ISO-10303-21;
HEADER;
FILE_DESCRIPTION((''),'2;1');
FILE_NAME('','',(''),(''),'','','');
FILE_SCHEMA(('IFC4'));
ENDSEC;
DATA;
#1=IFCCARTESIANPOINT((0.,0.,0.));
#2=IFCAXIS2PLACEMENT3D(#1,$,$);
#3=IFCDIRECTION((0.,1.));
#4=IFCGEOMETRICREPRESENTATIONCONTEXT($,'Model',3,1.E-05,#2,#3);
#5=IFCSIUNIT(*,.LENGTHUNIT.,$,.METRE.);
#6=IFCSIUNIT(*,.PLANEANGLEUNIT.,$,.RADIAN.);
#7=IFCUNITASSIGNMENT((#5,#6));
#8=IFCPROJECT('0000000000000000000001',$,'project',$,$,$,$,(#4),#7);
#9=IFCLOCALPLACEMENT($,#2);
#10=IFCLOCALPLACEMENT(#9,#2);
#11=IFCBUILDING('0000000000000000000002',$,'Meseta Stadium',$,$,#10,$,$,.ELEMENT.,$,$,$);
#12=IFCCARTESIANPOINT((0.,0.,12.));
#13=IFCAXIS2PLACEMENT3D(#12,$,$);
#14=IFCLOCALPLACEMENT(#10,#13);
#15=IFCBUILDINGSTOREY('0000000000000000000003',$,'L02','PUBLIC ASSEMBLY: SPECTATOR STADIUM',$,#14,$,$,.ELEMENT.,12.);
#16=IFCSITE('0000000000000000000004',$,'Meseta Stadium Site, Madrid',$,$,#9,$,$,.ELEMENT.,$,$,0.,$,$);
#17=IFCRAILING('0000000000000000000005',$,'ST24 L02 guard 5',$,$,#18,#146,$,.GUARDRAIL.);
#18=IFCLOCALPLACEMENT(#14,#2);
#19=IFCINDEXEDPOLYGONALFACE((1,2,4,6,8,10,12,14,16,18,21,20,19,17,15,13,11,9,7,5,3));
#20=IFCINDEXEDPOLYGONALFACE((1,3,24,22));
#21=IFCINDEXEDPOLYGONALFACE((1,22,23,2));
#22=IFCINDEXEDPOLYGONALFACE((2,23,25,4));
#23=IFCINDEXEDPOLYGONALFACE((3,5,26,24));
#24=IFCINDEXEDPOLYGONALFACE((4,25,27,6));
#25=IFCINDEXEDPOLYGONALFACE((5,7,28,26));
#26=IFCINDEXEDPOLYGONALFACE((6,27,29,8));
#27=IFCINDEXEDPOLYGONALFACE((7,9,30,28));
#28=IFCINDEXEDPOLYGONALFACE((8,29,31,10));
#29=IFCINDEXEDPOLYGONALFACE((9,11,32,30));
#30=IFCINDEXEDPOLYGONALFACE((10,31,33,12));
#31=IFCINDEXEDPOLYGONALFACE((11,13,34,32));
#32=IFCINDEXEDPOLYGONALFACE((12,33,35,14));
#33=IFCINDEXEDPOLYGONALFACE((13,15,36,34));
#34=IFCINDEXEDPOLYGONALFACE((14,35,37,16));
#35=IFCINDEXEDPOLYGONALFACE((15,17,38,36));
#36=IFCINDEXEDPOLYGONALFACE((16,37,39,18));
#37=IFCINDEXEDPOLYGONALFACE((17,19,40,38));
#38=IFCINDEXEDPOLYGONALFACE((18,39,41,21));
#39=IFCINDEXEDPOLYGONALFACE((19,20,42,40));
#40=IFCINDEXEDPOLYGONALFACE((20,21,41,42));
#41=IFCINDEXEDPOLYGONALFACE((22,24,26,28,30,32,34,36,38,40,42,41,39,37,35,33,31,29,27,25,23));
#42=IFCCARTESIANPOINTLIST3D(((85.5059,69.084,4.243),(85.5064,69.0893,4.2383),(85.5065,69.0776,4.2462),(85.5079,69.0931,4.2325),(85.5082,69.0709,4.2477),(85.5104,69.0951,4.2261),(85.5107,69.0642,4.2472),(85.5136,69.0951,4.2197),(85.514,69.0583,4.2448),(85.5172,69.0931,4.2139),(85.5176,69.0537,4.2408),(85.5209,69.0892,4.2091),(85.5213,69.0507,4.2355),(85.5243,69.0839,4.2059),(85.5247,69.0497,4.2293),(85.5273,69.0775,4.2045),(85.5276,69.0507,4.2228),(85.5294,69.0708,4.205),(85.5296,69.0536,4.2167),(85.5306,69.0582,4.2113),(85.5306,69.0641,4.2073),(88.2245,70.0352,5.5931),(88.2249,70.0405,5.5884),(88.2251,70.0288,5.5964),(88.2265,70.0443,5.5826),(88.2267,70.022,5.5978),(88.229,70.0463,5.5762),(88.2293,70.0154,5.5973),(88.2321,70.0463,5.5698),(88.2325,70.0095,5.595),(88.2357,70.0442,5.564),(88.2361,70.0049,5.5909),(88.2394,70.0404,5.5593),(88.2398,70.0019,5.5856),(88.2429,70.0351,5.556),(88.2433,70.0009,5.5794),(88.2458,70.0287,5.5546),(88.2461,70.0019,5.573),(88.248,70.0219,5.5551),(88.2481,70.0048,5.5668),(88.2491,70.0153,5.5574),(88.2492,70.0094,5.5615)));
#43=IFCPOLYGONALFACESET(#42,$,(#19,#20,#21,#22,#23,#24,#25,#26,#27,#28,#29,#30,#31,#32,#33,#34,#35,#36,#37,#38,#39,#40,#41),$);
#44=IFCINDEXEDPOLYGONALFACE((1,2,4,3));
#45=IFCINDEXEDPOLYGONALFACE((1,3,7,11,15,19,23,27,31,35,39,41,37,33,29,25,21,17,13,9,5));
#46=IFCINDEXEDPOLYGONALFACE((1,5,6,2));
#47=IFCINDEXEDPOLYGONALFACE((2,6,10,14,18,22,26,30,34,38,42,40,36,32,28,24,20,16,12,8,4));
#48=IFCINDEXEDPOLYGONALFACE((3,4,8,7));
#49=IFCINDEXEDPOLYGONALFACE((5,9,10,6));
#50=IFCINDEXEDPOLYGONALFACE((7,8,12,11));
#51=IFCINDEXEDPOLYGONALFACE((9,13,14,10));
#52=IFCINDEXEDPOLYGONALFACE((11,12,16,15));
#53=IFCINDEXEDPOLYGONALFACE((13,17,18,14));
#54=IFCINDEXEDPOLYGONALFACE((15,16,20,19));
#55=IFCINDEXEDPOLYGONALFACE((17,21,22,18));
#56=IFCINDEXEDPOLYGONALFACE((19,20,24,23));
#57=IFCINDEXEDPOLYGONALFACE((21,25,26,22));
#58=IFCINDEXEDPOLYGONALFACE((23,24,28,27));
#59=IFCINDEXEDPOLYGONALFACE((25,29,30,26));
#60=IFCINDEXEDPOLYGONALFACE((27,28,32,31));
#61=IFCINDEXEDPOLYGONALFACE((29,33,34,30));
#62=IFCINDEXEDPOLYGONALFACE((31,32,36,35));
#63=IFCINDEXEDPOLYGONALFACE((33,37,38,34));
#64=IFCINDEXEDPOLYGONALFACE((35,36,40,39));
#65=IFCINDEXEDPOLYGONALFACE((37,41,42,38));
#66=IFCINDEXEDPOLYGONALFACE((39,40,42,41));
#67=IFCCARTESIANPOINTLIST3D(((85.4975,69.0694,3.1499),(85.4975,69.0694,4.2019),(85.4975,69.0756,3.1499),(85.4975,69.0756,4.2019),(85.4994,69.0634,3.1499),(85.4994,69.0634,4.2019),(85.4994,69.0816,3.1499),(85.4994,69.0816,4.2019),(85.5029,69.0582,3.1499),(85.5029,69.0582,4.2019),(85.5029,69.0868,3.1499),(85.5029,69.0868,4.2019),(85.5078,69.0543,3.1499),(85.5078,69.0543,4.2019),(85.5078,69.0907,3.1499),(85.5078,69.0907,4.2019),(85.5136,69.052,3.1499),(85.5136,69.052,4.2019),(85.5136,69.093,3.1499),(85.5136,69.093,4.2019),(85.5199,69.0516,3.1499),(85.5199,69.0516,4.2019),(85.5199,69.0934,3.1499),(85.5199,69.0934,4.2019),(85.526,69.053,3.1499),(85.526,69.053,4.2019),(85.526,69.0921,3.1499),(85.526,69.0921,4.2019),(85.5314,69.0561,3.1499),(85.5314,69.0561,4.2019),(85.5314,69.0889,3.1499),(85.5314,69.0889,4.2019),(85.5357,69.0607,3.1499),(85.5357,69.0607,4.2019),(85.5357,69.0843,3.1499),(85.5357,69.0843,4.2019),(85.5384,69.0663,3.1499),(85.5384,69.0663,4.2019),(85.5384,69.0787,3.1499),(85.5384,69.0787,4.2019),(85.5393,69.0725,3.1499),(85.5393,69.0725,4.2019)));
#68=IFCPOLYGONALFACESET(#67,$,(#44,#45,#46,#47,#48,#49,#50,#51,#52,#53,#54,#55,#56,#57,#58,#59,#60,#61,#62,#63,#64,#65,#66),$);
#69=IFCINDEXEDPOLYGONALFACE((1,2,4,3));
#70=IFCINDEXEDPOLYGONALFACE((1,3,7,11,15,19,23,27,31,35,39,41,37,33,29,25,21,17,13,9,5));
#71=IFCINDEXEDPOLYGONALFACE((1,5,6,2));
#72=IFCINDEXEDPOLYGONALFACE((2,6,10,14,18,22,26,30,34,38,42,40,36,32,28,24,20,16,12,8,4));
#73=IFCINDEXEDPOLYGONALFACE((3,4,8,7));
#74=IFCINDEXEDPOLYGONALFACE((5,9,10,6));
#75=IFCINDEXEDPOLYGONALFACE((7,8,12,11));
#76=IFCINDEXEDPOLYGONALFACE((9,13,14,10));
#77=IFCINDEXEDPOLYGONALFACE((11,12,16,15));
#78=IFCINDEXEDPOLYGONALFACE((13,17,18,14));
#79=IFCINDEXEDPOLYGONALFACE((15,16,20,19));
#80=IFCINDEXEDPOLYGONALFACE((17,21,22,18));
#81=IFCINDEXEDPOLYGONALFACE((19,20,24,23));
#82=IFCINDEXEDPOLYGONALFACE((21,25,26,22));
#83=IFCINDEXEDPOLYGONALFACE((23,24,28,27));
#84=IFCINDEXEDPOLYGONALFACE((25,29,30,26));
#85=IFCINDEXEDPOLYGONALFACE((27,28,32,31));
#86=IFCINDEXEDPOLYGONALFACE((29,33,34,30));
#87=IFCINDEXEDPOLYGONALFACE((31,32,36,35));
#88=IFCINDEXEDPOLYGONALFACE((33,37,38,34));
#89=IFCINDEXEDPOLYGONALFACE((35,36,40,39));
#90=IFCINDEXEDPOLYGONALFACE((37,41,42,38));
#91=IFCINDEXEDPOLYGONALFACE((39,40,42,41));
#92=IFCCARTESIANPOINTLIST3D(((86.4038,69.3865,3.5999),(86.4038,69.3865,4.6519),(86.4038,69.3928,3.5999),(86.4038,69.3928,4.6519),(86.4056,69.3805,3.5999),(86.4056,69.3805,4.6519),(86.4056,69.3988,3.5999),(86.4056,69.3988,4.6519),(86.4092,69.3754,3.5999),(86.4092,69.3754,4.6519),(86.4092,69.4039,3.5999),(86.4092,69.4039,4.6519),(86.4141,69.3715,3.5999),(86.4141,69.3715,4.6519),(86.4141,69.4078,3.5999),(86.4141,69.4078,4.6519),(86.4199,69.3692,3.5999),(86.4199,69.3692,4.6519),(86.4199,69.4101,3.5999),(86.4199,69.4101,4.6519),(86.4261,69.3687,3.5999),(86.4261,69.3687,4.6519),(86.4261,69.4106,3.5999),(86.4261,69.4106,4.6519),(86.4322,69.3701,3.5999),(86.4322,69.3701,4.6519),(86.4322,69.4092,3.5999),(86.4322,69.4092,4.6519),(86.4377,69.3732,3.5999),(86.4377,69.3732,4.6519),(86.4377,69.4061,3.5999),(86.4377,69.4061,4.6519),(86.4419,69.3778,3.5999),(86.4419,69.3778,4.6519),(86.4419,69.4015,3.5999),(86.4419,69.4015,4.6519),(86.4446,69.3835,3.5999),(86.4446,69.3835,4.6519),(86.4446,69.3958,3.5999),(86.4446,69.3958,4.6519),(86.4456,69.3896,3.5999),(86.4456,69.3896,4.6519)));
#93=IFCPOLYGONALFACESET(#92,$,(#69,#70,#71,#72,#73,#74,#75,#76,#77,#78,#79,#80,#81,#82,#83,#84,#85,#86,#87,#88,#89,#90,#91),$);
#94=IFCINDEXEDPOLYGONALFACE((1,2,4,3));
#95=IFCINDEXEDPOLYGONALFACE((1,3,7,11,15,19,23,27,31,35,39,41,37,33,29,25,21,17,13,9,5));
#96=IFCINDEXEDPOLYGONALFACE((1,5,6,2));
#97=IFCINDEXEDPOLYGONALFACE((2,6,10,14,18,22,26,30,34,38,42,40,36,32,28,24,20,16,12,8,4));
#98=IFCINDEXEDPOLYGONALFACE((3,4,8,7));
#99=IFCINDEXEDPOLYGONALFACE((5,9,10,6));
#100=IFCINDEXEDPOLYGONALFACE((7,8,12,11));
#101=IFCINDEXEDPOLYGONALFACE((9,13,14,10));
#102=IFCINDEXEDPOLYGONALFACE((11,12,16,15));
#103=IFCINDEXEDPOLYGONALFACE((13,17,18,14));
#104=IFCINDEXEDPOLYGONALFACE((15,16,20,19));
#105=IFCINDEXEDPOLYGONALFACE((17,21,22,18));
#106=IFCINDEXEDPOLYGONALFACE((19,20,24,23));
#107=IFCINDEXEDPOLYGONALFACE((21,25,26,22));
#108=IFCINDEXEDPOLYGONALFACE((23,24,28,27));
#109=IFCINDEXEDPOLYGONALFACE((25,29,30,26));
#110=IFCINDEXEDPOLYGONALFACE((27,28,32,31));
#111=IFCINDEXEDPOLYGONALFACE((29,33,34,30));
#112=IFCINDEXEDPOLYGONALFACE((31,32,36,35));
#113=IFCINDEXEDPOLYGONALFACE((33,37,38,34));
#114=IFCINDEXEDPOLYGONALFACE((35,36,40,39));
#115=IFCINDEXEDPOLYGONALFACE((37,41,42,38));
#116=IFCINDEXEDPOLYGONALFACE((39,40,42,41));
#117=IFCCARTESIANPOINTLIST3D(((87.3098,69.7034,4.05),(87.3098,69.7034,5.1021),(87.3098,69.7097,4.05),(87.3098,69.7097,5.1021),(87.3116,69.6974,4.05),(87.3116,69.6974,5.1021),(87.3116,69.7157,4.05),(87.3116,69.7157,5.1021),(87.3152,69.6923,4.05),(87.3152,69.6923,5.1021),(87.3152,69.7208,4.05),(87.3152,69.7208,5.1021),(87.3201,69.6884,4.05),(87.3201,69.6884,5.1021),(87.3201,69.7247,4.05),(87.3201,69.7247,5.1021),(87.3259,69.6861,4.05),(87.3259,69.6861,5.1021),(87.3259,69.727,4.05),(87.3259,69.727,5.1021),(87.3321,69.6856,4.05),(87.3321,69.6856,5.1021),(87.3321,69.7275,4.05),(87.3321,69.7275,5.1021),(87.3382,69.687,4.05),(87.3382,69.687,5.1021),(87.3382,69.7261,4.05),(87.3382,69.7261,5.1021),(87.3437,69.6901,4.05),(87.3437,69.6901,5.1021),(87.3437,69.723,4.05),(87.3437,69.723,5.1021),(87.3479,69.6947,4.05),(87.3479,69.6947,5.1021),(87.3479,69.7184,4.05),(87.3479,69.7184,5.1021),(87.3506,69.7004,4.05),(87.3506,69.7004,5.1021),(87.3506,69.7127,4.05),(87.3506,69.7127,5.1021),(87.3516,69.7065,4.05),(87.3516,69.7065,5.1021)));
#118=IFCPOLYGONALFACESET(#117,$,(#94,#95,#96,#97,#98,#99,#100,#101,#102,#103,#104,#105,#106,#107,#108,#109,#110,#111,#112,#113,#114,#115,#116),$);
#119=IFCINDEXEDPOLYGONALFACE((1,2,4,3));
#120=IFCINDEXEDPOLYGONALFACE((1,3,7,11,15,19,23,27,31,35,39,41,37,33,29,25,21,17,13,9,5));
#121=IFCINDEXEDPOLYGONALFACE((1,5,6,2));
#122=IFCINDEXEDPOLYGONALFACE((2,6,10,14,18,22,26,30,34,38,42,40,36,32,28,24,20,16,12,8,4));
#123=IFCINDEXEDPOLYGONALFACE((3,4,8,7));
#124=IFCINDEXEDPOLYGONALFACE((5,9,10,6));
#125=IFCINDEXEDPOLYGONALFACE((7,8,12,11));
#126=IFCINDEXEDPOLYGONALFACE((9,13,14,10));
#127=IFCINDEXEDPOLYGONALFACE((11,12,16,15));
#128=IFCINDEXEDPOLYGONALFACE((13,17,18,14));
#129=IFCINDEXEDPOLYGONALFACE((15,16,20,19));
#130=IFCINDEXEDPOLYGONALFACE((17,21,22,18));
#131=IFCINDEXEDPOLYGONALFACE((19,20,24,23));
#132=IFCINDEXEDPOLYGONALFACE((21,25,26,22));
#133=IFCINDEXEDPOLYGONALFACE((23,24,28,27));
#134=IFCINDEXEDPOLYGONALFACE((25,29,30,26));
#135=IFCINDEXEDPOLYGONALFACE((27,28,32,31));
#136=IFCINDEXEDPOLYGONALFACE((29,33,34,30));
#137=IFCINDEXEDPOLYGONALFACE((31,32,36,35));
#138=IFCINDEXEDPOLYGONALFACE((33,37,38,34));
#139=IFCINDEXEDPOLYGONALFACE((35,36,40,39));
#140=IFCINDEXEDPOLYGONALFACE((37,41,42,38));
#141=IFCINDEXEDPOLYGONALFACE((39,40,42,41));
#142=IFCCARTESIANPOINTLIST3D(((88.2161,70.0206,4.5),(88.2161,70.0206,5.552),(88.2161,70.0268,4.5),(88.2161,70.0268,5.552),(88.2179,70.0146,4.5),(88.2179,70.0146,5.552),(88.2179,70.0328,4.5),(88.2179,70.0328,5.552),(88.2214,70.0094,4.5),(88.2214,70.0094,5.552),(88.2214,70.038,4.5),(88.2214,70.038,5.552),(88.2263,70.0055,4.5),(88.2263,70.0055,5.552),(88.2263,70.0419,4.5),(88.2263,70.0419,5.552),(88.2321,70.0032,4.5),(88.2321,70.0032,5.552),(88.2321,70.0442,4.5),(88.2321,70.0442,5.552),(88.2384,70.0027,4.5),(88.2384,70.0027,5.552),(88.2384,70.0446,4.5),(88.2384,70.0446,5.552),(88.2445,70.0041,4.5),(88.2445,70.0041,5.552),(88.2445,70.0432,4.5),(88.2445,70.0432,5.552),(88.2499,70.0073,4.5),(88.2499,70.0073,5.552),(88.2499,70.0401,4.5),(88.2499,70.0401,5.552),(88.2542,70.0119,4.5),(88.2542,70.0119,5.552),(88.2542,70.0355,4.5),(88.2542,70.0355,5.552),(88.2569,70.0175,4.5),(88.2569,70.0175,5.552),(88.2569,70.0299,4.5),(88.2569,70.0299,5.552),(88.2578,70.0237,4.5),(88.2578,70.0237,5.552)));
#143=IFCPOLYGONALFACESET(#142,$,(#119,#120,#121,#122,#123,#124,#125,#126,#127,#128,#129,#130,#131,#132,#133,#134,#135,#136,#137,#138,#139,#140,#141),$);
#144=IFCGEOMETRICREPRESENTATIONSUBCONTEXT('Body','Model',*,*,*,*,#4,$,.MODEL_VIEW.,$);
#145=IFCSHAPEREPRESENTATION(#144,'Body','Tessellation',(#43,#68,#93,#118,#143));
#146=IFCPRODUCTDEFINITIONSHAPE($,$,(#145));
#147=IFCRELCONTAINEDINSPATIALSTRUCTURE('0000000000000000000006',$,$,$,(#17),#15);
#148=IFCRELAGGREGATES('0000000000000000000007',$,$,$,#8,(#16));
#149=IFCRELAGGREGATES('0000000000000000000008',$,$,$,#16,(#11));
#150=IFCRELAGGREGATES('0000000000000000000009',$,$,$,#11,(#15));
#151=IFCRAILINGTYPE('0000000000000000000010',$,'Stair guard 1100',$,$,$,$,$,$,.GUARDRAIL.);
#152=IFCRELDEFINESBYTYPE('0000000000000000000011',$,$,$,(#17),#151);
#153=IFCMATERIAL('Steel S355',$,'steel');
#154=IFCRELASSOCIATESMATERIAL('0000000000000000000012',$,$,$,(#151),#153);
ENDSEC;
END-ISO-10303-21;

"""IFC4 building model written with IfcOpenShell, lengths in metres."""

from ifc_helpers import new_model, si_unit, direction, frame, origin, origin_2d, place, context, subcontext, project, spatial, circle, extrude, material, type_object, element, save


model = new_model("IFC4")

# Units and contexts
model_context = context("Model", 3, precision=1e-05, world=origin(), true_north=direction((0.0, 1.0)))
body_context = subcontext(model_context, "Body", "Model", "MODEL_VIEW")
ifc_project = project(units=[si_unit("LENGTHUNIT", "METRE"), si_unit("PLANEANGLEUNIT", "RADIAN")], contexts=[model_context])

# Site, building, storey
site_placement = place(None, origin())
site = spatial("IfcSite", under=ifc_project, at=site_placement, Name="Meseta Stadium Site, Madrid", CompositionType="ELEMENT", RefElevation=0.0)
building_placement = place(site_placement, origin())
building = spatial("IfcBuilding", under=site, at=building_placement, Name="Meseta Stadium", CompositionType="ELEMENT")
storey_placement = place(building_placement, frame((0.0, 0.0, 12.0)))
storey = spatial("IfcBuildingStorey", under=building, at=storey_placement, Name="L02", Description="PUBLIC ASSEMBLY: SPECTATOR STADIUM", CompositionType="ELEMENT", Elevation=12.0)

# Railing
ifc_material_1 = material(Name="Steel S355", Category="steel")
railing_type_1 = type_object("IfcRailingType", Name="Stair guard 1100", PredefinedType="GUARDRAIL", material=ifc_material_1)
railing_1_placement = place(storey_placement, frame((85.5183, 69.0725, 3.1499)))
element("IfcRailing", 1, at=railing_1_placement, inside=storey, type_object=railing_type_1, Name="ST24 L02 guard 5", PredefinedType="GUARDRAIL", context=body_context, shape_type="SweptSolid", body=[
    extrude(circle(Radius=0.0239, at=origin_2d()), frame((0.0, 0.0, 1.0762), z_axis=(0.854649, 0.299031, 0.424446), x_axis=(-0.330256, 0.943891, 0.0)), (0.0, 0.0, 1.0), 3.1809),
    extrude(circle(Radius=0.021, at=origin_2d()), origin(), (0.0, 0.0, 1.0), 1.052),
    extrude(circle(Radius=0.021, at=origin_2d()), frame((0.9062, 0.3171, 0.45)), (0.0, 0.0, 1.0), 1.052),
    extrude(circle(Radius=0.021, at=origin_2d()), frame((1.8123, 0.634, 0.9001)), (0.0, 0.0, 1.0), 1.052),
    extrude(circle(Radius=0.021, at=origin_2d()), frame((2.7185, 0.9512, 1.3501)), (0.0, 0.0, 1.0), 1.052),
])

save(model, "model.ifc")
